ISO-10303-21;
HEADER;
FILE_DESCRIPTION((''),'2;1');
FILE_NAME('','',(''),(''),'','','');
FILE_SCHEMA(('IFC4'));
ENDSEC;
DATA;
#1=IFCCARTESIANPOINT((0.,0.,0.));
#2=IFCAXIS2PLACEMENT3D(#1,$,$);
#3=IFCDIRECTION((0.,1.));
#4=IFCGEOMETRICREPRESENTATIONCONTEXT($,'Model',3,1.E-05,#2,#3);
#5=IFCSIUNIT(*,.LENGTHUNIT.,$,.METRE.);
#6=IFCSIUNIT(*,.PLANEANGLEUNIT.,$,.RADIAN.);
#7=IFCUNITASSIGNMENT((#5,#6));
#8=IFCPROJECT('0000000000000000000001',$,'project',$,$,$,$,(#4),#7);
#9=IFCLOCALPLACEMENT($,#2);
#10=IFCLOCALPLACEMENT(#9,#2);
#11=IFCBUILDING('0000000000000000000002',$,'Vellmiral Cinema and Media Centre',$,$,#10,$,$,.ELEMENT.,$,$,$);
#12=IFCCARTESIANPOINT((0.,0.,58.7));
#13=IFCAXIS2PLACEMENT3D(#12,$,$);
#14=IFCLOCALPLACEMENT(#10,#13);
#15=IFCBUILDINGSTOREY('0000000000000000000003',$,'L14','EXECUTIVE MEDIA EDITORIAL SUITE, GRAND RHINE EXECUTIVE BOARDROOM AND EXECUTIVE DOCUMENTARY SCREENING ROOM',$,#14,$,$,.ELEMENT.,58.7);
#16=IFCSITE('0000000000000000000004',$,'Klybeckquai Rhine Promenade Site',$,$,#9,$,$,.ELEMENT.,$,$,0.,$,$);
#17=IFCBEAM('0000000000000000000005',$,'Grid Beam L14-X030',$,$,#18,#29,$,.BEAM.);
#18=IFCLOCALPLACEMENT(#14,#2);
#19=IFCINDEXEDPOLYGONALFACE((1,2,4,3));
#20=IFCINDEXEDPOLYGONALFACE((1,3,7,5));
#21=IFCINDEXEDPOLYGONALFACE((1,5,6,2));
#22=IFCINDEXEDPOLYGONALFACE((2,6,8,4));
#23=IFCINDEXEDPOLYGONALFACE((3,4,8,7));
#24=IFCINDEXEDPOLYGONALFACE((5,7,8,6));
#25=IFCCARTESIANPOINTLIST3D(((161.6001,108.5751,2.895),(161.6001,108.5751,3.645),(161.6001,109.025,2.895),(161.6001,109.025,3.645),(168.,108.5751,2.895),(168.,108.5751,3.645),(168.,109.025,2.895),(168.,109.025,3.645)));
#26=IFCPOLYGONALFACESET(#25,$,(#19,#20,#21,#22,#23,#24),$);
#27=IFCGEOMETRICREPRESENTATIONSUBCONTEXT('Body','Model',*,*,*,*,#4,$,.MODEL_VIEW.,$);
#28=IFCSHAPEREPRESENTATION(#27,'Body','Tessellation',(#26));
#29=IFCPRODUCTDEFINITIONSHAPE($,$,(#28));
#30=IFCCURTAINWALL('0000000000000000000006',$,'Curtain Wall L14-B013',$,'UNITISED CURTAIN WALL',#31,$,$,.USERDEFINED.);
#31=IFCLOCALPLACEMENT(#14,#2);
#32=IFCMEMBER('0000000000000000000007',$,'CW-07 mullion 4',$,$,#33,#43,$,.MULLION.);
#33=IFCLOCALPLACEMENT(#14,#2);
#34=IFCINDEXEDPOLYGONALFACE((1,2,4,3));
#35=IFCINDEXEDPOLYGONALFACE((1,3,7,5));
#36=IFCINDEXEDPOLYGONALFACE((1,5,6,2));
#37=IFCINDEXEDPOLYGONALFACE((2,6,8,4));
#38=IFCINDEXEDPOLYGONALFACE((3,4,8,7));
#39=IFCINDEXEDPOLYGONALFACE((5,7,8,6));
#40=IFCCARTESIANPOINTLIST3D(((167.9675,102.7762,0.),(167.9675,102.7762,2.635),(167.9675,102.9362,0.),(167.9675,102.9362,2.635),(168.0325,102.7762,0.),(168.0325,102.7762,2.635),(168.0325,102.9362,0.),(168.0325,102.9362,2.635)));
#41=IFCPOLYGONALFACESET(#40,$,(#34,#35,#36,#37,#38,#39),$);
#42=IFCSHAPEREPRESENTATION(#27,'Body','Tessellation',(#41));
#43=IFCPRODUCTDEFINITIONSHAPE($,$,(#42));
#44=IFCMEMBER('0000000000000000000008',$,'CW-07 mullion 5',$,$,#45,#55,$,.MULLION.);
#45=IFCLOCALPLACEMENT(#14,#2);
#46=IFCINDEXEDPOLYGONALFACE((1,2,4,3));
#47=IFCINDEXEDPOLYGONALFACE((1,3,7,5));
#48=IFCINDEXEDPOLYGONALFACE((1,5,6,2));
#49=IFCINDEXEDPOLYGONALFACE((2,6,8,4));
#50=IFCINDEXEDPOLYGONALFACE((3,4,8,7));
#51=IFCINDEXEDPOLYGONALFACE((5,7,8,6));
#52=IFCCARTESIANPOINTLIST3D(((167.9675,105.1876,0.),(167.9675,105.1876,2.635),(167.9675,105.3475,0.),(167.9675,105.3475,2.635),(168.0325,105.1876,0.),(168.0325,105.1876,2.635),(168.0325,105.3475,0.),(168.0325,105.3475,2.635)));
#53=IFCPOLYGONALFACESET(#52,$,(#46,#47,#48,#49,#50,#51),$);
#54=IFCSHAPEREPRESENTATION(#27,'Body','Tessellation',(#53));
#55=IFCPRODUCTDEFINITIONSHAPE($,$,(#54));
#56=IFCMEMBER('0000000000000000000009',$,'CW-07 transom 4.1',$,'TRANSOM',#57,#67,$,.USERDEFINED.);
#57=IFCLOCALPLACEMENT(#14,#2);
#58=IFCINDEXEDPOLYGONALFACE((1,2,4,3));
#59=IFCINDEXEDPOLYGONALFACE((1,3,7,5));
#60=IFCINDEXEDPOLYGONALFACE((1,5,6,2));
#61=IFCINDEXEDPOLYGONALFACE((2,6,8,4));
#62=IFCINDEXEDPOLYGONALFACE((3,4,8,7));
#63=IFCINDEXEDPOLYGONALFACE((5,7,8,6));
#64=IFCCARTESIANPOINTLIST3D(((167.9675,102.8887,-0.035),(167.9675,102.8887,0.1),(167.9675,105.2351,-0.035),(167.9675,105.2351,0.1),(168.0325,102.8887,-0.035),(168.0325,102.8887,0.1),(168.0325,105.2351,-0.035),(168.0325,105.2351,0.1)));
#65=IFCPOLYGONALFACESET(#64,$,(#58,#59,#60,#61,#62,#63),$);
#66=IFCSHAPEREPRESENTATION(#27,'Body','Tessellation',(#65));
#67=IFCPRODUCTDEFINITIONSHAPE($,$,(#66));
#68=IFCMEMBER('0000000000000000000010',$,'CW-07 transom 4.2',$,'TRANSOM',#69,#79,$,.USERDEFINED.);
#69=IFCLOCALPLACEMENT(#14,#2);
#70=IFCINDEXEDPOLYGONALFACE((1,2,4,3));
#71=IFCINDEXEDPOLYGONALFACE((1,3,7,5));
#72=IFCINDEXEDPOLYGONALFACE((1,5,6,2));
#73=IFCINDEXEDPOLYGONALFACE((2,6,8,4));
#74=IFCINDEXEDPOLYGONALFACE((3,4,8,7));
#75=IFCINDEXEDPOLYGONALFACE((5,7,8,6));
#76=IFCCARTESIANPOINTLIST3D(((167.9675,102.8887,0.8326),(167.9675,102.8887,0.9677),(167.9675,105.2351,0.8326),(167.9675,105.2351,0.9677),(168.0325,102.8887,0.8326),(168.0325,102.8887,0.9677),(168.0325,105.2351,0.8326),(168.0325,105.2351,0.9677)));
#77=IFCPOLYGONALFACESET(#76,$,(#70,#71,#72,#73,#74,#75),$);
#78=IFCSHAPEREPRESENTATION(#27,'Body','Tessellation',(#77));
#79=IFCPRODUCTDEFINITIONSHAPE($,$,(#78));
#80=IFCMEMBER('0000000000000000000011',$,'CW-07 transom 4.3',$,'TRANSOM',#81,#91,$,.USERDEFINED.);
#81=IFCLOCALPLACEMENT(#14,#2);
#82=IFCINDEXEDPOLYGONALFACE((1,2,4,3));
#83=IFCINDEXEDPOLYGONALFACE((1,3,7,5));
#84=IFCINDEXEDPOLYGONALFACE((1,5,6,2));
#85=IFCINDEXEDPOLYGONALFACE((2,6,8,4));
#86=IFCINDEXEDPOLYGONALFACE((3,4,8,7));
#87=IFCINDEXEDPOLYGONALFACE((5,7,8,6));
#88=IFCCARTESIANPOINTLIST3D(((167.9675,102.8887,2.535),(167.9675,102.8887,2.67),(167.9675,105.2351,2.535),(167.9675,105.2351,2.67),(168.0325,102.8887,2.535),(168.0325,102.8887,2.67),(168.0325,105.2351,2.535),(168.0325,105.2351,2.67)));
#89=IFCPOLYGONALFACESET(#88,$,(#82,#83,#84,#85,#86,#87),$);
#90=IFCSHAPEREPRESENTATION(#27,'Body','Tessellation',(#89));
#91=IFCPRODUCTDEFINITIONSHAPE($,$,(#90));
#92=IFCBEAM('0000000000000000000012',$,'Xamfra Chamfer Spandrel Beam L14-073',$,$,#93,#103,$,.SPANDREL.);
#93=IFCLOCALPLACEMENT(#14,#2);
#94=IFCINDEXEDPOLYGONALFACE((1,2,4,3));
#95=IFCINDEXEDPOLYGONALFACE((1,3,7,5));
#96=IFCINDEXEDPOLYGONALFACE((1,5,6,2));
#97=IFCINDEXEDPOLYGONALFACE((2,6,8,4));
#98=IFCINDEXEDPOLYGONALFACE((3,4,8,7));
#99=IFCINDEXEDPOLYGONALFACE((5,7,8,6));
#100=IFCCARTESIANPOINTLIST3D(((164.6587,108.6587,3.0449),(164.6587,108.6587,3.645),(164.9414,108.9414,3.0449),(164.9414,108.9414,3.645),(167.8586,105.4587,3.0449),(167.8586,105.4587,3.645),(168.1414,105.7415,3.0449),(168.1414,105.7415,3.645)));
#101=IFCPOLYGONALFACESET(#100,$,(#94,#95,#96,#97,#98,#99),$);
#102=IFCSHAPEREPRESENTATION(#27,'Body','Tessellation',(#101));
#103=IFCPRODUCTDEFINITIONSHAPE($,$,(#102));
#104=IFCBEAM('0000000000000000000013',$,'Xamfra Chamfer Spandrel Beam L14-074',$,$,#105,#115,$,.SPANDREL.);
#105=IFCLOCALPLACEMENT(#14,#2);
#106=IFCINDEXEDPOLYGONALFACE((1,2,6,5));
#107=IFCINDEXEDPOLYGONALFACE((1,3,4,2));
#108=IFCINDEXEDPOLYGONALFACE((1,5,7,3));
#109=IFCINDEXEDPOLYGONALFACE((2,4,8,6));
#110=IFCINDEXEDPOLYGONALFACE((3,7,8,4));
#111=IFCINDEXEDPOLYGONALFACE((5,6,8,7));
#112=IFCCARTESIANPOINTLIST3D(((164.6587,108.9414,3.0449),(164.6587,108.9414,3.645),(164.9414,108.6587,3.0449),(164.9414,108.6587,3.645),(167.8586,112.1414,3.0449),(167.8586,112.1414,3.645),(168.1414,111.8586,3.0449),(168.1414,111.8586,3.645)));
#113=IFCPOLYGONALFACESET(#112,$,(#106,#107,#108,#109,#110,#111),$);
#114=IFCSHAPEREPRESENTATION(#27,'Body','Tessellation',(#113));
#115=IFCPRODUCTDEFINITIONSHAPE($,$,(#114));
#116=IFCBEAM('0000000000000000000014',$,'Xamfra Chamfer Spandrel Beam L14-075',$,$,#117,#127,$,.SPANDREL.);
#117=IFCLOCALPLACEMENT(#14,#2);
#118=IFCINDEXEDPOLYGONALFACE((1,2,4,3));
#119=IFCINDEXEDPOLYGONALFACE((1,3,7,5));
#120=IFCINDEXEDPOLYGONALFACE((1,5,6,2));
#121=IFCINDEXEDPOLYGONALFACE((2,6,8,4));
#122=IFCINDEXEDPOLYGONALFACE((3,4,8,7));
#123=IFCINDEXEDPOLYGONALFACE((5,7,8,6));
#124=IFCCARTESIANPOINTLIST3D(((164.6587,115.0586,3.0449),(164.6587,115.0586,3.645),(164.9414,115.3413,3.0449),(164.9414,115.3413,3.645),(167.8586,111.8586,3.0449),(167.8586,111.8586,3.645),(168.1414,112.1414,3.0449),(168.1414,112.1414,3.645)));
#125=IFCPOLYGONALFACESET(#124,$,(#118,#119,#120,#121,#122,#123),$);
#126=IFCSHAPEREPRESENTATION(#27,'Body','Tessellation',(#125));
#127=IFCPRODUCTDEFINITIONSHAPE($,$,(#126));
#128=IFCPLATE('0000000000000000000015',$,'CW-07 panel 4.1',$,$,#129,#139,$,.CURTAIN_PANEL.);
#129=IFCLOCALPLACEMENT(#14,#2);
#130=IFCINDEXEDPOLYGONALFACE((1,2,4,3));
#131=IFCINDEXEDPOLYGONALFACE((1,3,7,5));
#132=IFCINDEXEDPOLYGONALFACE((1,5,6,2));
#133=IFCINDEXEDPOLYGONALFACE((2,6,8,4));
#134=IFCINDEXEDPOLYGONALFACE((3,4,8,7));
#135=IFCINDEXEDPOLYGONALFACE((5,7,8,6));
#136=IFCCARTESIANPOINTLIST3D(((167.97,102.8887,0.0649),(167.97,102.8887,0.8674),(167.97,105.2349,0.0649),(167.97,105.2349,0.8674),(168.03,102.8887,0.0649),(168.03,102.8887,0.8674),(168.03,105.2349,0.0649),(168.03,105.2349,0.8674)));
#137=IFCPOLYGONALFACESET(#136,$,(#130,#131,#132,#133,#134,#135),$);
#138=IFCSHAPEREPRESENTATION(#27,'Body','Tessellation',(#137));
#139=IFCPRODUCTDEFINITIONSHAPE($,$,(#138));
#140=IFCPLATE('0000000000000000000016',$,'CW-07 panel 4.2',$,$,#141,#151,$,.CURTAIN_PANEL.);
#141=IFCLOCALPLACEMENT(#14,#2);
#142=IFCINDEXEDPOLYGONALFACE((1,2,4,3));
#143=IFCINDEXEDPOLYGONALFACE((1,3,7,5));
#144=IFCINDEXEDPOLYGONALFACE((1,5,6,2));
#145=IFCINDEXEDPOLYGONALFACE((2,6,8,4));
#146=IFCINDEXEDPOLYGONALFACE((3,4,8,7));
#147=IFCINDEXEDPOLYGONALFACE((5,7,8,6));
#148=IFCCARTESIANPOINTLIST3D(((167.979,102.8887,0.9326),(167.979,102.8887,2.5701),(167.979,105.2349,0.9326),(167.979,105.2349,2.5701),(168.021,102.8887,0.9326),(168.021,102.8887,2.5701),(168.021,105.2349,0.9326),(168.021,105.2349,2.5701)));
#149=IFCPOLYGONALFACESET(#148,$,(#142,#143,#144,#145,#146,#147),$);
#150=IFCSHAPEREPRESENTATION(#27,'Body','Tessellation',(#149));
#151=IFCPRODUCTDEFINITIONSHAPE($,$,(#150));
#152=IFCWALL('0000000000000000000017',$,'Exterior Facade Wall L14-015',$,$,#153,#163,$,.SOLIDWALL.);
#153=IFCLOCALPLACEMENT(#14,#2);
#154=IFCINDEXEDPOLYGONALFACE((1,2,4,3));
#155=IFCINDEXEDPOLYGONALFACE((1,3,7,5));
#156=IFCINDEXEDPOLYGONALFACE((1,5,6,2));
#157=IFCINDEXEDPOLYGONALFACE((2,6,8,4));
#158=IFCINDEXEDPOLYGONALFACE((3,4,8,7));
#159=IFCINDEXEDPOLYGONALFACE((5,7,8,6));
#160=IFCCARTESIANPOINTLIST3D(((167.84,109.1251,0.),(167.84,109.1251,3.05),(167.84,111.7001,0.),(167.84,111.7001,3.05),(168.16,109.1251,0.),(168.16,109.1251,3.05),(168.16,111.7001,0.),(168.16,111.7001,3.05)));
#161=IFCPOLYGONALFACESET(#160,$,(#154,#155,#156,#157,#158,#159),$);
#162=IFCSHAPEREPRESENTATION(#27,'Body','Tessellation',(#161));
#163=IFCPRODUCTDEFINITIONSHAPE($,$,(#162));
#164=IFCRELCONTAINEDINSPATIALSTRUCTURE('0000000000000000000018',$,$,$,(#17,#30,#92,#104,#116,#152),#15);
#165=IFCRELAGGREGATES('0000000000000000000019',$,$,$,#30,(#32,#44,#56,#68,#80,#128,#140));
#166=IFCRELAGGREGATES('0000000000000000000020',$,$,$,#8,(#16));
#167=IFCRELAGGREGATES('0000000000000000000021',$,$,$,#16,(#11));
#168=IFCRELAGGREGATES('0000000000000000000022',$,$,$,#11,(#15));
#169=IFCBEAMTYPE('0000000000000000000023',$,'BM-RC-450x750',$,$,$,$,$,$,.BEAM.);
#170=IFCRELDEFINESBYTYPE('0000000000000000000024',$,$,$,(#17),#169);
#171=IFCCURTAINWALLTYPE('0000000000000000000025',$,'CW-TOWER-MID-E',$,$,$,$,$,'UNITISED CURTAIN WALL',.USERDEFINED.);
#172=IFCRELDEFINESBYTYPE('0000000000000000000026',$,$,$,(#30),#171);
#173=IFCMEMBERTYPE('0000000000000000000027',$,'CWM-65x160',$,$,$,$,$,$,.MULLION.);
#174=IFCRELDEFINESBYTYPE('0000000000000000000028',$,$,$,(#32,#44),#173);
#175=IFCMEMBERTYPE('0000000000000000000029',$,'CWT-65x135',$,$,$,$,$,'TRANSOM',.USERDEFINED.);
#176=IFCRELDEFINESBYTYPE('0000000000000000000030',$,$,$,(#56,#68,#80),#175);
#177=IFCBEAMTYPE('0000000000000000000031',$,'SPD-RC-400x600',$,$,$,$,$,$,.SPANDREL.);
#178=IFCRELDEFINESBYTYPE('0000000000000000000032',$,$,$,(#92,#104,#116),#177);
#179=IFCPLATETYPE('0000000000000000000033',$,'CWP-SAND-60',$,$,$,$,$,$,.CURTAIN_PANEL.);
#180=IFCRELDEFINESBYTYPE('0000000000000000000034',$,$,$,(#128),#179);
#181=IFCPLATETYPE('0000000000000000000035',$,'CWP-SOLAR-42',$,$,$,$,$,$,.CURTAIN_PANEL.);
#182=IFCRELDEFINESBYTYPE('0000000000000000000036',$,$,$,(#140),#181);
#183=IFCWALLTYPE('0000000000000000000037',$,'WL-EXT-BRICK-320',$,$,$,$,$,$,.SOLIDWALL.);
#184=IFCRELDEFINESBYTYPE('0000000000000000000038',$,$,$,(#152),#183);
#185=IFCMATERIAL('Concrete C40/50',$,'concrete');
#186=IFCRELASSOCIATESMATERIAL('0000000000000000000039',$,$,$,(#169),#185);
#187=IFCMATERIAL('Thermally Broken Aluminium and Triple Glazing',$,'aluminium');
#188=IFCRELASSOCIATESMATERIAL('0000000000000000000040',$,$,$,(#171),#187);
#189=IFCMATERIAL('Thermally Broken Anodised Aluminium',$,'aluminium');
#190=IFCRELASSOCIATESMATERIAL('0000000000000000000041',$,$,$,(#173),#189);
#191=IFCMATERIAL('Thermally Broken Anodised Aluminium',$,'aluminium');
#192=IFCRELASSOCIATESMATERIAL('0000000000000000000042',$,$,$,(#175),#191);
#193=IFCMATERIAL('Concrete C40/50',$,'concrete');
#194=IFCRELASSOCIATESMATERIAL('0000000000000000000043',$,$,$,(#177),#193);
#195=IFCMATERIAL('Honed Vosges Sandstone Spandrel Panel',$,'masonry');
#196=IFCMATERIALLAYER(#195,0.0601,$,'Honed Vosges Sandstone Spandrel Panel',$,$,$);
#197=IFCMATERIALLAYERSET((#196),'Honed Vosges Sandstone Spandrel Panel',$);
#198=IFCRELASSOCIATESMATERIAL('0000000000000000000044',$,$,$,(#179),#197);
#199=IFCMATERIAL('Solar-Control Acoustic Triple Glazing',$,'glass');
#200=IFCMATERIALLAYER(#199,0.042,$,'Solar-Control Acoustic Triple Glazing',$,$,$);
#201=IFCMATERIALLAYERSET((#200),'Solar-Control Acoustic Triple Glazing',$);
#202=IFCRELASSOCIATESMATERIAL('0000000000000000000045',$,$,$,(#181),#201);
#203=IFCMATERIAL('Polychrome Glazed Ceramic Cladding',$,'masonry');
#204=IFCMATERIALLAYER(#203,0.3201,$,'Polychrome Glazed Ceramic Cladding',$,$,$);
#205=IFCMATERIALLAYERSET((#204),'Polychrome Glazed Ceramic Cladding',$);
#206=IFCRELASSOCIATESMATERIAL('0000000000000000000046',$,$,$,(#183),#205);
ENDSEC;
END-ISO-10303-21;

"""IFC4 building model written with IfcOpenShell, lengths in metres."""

from ifc_helpers import new_model, si_unit, direction, frame, frame_2d, origin, origin_2d, place, context, subcontext, project, spatial, rectangle, extrude, material, layer, layer_set, material_profile, profile_set, type_object, element, aggregate, save


model = new_model("IFC4")

# Units and contexts
model_context = context("Model", 3, precision=1e-05, world=origin(), true_north=direction((0.0, 1.0)))
body_context = subcontext(model_context, "Body", "Model", "MODEL_VIEW")
ifc_project = project(units=[si_unit("LENGTHUNIT", "METRE"), si_unit("PLANEANGLEUNIT", "RADIAN")], contexts=[model_context])

# Site, building, storey
site_placement = place(None, origin())
site = spatial("IfcSite", under=ifc_project, at=site_placement, Name="Klybeckquai Rhine Promenade Site", CompositionType="ELEMENT", RefElevation=0.0)
building_placement = place(site_placement, origin())
building = spatial("IfcBuilding", under=site, at=building_placement, Name="Vellmiral Cinema and Media Centre", CompositionType="ELEMENT")
storey_placement = place(building_placement, frame((0.0, 0.0, 58.7)))
storey = spatial("IfcBuildingStorey", under=building, at=storey_placement, Name="L14", Description="EXECUTIVE MEDIA EDITORIAL SUITE, GRAND RHINE EXECUTIVE BOARDROOM AND EXECUTIVE DOCUMENTARY SCREENING ROOM", CompositionType="ELEMENT", Elevation=58.7)

# Beam
ifc_material_1 = material(Name="Concrete C40/50", Category="concrete")
ifc_material_profile_1 = material_profile(ifc_material_1, rectangle(XDim=0.45, YDim=0.75, at=origin_2d()), Name="RC 450x750")
ifc_profile_set_1 = profile_set([ifc_material_profile_1], Name="Concrete C40/50")
beam_type_1 = type_object("IfcBeamType", Name="BM-RC-450x750", PredefinedType="BEAM", material=ifc_profile_set_1)
beam_1_placement = place(storey_placement, frame((161.6001, 108.8, 3.27), z_axis=(1.0, 0.0, 0.0), x_axis=(0.0, 1.0, 0.0)))
element("IfcBeam", 1, at=beam_1_placement, inside=storey, type_object=beam_type_1, Name="Grid Beam L14-X030", PredefinedType="BEAM", context=body_context, shape_type="SweptSolid", body=[
    extrude(rectangle(XDim=0.45, YDim=0.75, at=origin_2d()), origin(), (0.0, 0.0, 1.0), 6.3999),
])

# Curtain wall, members
ifc_material_2 = material(Name="Thermally Broken Aluminium and Triple Glazing", Category="aluminium")
curtain_wall_type = type_object("IfcCurtainWallType", Name="CW-TOWER-MID-E", ElementType="UNITISED CURTAIN WALL", PredefinedType="USERDEFINED", material=ifc_material_2)
curtain_wall_placement = place(storey_placement, origin())
curtain_wall = element("IfcCurtainWall", 2, at=curtain_wall_placement, inside=storey, type_object=curtain_wall_type, Name="Curtain Wall L14-B013", ObjectType="UNITISED CURTAIN WALL", PredefinedType="USERDEFINED")
ifc_material_3 = material(Name="Thermally Broken Anodised Aluminium", Category="aluminium")
ifc_material_profile_2 = material_profile(ifc_material_3, rectangle(XDim=0.0649, YDim=0.1599, at=origin_2d()), Name="MULL 65x160")
ifc_profile_set_2 = profile_set([ifc_material_profile_2], Name="Thermally Broken Anodised Aluminium")
member_type_1 = type_object("IfcMemberType", Name="CWM-65x160", PredefinedType="MULLION", material=ifc_profile_set_2)
member_1_placement = place(storey_placement, frame((168.0, 102.8562, 0.0), z_axis=(0.0, 0.0, 1.0), x_axis=(-1.0, 0.0, 0.0)))
member_1 = element("IfcMember", 3, at=member_1_placement, type_object=member_type_1, Name="CW-07 mullion 4", PredefinedType="MULLION", context=body_context, shape_type="SweptSolid", body=[
    extrude(rectangle(XDim=0.0649, YDim=0.1599, at=origin_2d()), origin(), (0.0, 0.0, 1.0), 2.635),
])
member_2_placement = place(storey_placement, frame((168.0, 105.2676, 0.0), z_axis=(0.0, 0.0, 1.0), x_axis=(-1.0, 0.0, 0.0)))
member_2 = element("IfcMember", 4, at=member_2_placement, type_object=member_type_1, Name="CW-07 mullion 5", PredefinedType="MULLION", context=body_context, shape_type="SweptSolid", body=[
    extrude(rectangle(XDim=0.0649, YDim=0.1599, at=origin_2d()), origin(), (0.0, 0.0, 1.0), 2.635),
])
ifc_material_4 = material(Name="Thermally Broken Anodised Aluminium", Category="aluminium")
ifc_material_profile_3 = material_profile(ifc_material_4, rectangle(XDim=0.0649, YDim=0.135, at=origin_2d()), Name="MULL 65x135")
ifc_profile_set_3 = profile_set([ifc_material_profile_3], Name="Thermally Broken Anodised Aluminium")
member_type_2 = type_object("IfcMemberType", Name="CWT-65x135", ElementType="TRANSOM", PredefinedType="USERDEFINED", material=ifc_profile_set_3)
member_3_placement = place(storey_placement, frame((168.0, 102.8887, 0.0325), z_axis=(0.0, 1.0, 0.0), x_axis=(-1.0, 0.0, 0.0)))
member_3 = element("IfcMember", 5, at=member_3_placement, type_object=member_type_2, Name="CW-07 transom 4.1", ObjectType="TRANSOM", PredefinedType="USERDEFINED", context=body_context, shape_type="SweptSolid", body=[
    extrude(rectangle(XDim=0.0649, YDim=0.135, at=origin_2d()), origin(), (0.0, 0.0, 1.0), 2.3464),
])
member_4_placement = place(storey_placement, frame((168.0, 102.8887, 0.9001), z_axis=(0.0, 1.0, 0.0), x_axis=(-1.0, 0.0, 0.0)))
member_4 = element("IfcMember", 6, at=member_4_placement, type_object=member_type_2, Name="CW-07 transom 4.2", ObjectType="TRANSOM", PredefinedType="USERDEFINED", context=body_context, shape_type="SweptSolid", body=[
    extrude(rectangle(XDim=0.0649, YDim=0.135, at=origin_2d()), origin(), (0.0, 0.0, 1.0), 2.3464),
])
member_5_placement = place(storey_placement, frame((168.0, 102.8887, 2.6025), z_axis=(0.0, 1.0, 0.0), x_axis=(-1.0, 0.0, 0.0)))
member_5 = element("IfcMember", 7, at=member_5_placement, type_object=member_type_2, Name="CW-07 transom 4.3", ObjectType="TRANSOM", PredefinedType="USERDEFINED", context=body_context, shape_type="SweptSolid", body=[
    extrude(rectangle(XDim=0.0649, YDim=0.135, at=origin_2d()), origin(), (0.0, 0.0, 1.0), 2.3464),
])

# Beams
ifc_material_5 = material(Name="Concrete C40/50", Category="concrete")
ifc_material_profile_4 = material_profile(ifc_material_5, rectangle(XDim=0.3999, YDim=0.6001, at=origin_2d()), Name="RC 400x600")
ifc_profile_set_4 = profile_set([ifc_material_profile_4], Name="Concrete C40/50")
beam_type_2 = type_object("IfcBeamType", Name="SPD-RC-400x600", PredefinedType="SPANDREL", material=ifc_profile_set_4)
for number, where, z_axis, x_axis, name in (
    (8, (164.8, 108.8, 3.345), (0.707107, -0.707107, 0.0), (0.707107, 0.707107, 0.0), "Xamfra Chamfer Spandrel Beam L14-073"),
    (9, (164.8, 108.8, 3.345), (0.707107, 0.707107, 0.0), (-0.707107, 0.707107, 0.0), "Xamfra Chamfer Spandrel Beam L14-074"),
    (10, (164.8, 115.2, 3.345), (0.707107, -0.707107, 0.0), (0.707107, 0.707107, 0.0), "Xamfra Chamfer Spandrel Beam L14-075"),
):
    element("IfcBeam", number, at=place(storey_placement, frame(where, z_axis=z_axis, x_axis=x_axis)), inside=storey, type_object=beam_type_2, Name=name, PredefinedType="SPANDREL", context=body_context, shape_type="SweptSolid", body=[
        extrude(rectangle(XDim=0.3999, YDim=0.6001, at=origin_2d()), origin(), (0.0, 0.0, 1.0), 4.5254),
    ])

# Plates
ifc_material_6 = material(Name="Honed Vosges Sandstone Spandrel Panel", Category="masonry")
ifc_layer_1 = layer(ifc_material_6, 0.0601, Name="Honed Vosges Sandstone Spandrel Panel")
ifc_layer_set_1 = layer_set([ifc_layer_1], Name="Honed Vosges Sandstone Spandrel Panel")
plate_type_1 = type_object("IfcPlateType", Name="CWP-SAND-60", PredefinedType="CURTAIN_PANEL", material=ifc_layer_set_1)
plate_1_placement = place(storey_placement, frame((168.0, 104.0618, 0.0649), z_axis=(0.0, 0.0, 1.0), x_axis=(0.0, 1.0, 0.0)))
plate_1 = element("IfcPlate", 11, at=plate_1_placement, type_object=plate_type_1, Name="CW-07 panel 4.1", PredefinedType="CURTAIN_PANEL", context=body_context, shape_type="SweptSolid", body=[
    extrude(rectangle(XDim=2.3462, YDim=0.0601, at=origin_2d()), origin(), (0.0, 0.0, 1.0), 0.8025),
])
ifc_material_7 = material(Name="Solar-Control Acoustic Triple Glazing", Category="glass")
ifc_layer_2 = layer(ifc_material_7, 0.042, Name="Solar-Control Acoustic Triple Glazing")
ifc_layer_set_2 = layer_set([ifc_layer_2], Name="Solar-Control Acoustic Triple Glazing")
plate_type_2 = type_object("IfcPlateType", Name="CWP-SOLAR-42", PredefinedType="CURTAIN_PANEL", material=ifc_layer_set_2)
plate_2_placement = place(storey_placement, frame((168.0, 104.0618, 0.9326), z_axis=(0.0, 0.0, 1.0), x_axis=(0.0, 1.0, 0.0)))
plate_2 = element("IfcPlate", 12, at=plate_2_placement, type_object=plate_type_2, Name="CW-07 panel 4.2", PredefinedType="CURTAIN_PANEL", context=body_context, shape_type="SweptSolid", body=[
    extrude(rectangle(XDim=2.3462, YDim=0.042, at=origin_2d()), origin(), (0.0, 0.0, 1.0), 1.6375),
])
aggregate(curtain_wall, [member_1, member_2, member_3, member_4, member_5, plate_1, plate_2])

# Wall
ifc_material_8 = material(Name="Polychrome Glazed Ceramic Cladding", Category="masonry")
ifc_layer_3 = layer(ifc_material_8, 0.3201, Name="Polychrome Glazed Ceramic Cladding")
ifc_layer_set_3 = layer_set([ifc_layer_3], Name="Polychrome Glazed Ceramic Cladding")
wall_type_1 = type_object("IfcWallType", Name="WL-EXT-BRICK-320", PredefinedType="SOLIDWALL", material=ifc_layer_set_3)
wall_1_placement = place(storey_placement, frame((168.0, 109.125, 0.0), z_axis=(0.0, 0.0, 1.0), x_axis=(0.0, 1.0, 0.0)))
element("IfcWall", 13, at=wall_1_placement, inside=storey, type_object=wall_type_1, Name="Exterior Facade Wall L14-015", PredefinedType="SOLIDWALL", context=body_context, shape_type="SweptSolid", body=[
    extrude(rectangle(XDim=2.575, YDim=0.3201, at=frame_2d((1.2876, 0.0))), origin(), (0.0, 0.0, 1.0), 3.05),
])

save(model, "model.ifc")
